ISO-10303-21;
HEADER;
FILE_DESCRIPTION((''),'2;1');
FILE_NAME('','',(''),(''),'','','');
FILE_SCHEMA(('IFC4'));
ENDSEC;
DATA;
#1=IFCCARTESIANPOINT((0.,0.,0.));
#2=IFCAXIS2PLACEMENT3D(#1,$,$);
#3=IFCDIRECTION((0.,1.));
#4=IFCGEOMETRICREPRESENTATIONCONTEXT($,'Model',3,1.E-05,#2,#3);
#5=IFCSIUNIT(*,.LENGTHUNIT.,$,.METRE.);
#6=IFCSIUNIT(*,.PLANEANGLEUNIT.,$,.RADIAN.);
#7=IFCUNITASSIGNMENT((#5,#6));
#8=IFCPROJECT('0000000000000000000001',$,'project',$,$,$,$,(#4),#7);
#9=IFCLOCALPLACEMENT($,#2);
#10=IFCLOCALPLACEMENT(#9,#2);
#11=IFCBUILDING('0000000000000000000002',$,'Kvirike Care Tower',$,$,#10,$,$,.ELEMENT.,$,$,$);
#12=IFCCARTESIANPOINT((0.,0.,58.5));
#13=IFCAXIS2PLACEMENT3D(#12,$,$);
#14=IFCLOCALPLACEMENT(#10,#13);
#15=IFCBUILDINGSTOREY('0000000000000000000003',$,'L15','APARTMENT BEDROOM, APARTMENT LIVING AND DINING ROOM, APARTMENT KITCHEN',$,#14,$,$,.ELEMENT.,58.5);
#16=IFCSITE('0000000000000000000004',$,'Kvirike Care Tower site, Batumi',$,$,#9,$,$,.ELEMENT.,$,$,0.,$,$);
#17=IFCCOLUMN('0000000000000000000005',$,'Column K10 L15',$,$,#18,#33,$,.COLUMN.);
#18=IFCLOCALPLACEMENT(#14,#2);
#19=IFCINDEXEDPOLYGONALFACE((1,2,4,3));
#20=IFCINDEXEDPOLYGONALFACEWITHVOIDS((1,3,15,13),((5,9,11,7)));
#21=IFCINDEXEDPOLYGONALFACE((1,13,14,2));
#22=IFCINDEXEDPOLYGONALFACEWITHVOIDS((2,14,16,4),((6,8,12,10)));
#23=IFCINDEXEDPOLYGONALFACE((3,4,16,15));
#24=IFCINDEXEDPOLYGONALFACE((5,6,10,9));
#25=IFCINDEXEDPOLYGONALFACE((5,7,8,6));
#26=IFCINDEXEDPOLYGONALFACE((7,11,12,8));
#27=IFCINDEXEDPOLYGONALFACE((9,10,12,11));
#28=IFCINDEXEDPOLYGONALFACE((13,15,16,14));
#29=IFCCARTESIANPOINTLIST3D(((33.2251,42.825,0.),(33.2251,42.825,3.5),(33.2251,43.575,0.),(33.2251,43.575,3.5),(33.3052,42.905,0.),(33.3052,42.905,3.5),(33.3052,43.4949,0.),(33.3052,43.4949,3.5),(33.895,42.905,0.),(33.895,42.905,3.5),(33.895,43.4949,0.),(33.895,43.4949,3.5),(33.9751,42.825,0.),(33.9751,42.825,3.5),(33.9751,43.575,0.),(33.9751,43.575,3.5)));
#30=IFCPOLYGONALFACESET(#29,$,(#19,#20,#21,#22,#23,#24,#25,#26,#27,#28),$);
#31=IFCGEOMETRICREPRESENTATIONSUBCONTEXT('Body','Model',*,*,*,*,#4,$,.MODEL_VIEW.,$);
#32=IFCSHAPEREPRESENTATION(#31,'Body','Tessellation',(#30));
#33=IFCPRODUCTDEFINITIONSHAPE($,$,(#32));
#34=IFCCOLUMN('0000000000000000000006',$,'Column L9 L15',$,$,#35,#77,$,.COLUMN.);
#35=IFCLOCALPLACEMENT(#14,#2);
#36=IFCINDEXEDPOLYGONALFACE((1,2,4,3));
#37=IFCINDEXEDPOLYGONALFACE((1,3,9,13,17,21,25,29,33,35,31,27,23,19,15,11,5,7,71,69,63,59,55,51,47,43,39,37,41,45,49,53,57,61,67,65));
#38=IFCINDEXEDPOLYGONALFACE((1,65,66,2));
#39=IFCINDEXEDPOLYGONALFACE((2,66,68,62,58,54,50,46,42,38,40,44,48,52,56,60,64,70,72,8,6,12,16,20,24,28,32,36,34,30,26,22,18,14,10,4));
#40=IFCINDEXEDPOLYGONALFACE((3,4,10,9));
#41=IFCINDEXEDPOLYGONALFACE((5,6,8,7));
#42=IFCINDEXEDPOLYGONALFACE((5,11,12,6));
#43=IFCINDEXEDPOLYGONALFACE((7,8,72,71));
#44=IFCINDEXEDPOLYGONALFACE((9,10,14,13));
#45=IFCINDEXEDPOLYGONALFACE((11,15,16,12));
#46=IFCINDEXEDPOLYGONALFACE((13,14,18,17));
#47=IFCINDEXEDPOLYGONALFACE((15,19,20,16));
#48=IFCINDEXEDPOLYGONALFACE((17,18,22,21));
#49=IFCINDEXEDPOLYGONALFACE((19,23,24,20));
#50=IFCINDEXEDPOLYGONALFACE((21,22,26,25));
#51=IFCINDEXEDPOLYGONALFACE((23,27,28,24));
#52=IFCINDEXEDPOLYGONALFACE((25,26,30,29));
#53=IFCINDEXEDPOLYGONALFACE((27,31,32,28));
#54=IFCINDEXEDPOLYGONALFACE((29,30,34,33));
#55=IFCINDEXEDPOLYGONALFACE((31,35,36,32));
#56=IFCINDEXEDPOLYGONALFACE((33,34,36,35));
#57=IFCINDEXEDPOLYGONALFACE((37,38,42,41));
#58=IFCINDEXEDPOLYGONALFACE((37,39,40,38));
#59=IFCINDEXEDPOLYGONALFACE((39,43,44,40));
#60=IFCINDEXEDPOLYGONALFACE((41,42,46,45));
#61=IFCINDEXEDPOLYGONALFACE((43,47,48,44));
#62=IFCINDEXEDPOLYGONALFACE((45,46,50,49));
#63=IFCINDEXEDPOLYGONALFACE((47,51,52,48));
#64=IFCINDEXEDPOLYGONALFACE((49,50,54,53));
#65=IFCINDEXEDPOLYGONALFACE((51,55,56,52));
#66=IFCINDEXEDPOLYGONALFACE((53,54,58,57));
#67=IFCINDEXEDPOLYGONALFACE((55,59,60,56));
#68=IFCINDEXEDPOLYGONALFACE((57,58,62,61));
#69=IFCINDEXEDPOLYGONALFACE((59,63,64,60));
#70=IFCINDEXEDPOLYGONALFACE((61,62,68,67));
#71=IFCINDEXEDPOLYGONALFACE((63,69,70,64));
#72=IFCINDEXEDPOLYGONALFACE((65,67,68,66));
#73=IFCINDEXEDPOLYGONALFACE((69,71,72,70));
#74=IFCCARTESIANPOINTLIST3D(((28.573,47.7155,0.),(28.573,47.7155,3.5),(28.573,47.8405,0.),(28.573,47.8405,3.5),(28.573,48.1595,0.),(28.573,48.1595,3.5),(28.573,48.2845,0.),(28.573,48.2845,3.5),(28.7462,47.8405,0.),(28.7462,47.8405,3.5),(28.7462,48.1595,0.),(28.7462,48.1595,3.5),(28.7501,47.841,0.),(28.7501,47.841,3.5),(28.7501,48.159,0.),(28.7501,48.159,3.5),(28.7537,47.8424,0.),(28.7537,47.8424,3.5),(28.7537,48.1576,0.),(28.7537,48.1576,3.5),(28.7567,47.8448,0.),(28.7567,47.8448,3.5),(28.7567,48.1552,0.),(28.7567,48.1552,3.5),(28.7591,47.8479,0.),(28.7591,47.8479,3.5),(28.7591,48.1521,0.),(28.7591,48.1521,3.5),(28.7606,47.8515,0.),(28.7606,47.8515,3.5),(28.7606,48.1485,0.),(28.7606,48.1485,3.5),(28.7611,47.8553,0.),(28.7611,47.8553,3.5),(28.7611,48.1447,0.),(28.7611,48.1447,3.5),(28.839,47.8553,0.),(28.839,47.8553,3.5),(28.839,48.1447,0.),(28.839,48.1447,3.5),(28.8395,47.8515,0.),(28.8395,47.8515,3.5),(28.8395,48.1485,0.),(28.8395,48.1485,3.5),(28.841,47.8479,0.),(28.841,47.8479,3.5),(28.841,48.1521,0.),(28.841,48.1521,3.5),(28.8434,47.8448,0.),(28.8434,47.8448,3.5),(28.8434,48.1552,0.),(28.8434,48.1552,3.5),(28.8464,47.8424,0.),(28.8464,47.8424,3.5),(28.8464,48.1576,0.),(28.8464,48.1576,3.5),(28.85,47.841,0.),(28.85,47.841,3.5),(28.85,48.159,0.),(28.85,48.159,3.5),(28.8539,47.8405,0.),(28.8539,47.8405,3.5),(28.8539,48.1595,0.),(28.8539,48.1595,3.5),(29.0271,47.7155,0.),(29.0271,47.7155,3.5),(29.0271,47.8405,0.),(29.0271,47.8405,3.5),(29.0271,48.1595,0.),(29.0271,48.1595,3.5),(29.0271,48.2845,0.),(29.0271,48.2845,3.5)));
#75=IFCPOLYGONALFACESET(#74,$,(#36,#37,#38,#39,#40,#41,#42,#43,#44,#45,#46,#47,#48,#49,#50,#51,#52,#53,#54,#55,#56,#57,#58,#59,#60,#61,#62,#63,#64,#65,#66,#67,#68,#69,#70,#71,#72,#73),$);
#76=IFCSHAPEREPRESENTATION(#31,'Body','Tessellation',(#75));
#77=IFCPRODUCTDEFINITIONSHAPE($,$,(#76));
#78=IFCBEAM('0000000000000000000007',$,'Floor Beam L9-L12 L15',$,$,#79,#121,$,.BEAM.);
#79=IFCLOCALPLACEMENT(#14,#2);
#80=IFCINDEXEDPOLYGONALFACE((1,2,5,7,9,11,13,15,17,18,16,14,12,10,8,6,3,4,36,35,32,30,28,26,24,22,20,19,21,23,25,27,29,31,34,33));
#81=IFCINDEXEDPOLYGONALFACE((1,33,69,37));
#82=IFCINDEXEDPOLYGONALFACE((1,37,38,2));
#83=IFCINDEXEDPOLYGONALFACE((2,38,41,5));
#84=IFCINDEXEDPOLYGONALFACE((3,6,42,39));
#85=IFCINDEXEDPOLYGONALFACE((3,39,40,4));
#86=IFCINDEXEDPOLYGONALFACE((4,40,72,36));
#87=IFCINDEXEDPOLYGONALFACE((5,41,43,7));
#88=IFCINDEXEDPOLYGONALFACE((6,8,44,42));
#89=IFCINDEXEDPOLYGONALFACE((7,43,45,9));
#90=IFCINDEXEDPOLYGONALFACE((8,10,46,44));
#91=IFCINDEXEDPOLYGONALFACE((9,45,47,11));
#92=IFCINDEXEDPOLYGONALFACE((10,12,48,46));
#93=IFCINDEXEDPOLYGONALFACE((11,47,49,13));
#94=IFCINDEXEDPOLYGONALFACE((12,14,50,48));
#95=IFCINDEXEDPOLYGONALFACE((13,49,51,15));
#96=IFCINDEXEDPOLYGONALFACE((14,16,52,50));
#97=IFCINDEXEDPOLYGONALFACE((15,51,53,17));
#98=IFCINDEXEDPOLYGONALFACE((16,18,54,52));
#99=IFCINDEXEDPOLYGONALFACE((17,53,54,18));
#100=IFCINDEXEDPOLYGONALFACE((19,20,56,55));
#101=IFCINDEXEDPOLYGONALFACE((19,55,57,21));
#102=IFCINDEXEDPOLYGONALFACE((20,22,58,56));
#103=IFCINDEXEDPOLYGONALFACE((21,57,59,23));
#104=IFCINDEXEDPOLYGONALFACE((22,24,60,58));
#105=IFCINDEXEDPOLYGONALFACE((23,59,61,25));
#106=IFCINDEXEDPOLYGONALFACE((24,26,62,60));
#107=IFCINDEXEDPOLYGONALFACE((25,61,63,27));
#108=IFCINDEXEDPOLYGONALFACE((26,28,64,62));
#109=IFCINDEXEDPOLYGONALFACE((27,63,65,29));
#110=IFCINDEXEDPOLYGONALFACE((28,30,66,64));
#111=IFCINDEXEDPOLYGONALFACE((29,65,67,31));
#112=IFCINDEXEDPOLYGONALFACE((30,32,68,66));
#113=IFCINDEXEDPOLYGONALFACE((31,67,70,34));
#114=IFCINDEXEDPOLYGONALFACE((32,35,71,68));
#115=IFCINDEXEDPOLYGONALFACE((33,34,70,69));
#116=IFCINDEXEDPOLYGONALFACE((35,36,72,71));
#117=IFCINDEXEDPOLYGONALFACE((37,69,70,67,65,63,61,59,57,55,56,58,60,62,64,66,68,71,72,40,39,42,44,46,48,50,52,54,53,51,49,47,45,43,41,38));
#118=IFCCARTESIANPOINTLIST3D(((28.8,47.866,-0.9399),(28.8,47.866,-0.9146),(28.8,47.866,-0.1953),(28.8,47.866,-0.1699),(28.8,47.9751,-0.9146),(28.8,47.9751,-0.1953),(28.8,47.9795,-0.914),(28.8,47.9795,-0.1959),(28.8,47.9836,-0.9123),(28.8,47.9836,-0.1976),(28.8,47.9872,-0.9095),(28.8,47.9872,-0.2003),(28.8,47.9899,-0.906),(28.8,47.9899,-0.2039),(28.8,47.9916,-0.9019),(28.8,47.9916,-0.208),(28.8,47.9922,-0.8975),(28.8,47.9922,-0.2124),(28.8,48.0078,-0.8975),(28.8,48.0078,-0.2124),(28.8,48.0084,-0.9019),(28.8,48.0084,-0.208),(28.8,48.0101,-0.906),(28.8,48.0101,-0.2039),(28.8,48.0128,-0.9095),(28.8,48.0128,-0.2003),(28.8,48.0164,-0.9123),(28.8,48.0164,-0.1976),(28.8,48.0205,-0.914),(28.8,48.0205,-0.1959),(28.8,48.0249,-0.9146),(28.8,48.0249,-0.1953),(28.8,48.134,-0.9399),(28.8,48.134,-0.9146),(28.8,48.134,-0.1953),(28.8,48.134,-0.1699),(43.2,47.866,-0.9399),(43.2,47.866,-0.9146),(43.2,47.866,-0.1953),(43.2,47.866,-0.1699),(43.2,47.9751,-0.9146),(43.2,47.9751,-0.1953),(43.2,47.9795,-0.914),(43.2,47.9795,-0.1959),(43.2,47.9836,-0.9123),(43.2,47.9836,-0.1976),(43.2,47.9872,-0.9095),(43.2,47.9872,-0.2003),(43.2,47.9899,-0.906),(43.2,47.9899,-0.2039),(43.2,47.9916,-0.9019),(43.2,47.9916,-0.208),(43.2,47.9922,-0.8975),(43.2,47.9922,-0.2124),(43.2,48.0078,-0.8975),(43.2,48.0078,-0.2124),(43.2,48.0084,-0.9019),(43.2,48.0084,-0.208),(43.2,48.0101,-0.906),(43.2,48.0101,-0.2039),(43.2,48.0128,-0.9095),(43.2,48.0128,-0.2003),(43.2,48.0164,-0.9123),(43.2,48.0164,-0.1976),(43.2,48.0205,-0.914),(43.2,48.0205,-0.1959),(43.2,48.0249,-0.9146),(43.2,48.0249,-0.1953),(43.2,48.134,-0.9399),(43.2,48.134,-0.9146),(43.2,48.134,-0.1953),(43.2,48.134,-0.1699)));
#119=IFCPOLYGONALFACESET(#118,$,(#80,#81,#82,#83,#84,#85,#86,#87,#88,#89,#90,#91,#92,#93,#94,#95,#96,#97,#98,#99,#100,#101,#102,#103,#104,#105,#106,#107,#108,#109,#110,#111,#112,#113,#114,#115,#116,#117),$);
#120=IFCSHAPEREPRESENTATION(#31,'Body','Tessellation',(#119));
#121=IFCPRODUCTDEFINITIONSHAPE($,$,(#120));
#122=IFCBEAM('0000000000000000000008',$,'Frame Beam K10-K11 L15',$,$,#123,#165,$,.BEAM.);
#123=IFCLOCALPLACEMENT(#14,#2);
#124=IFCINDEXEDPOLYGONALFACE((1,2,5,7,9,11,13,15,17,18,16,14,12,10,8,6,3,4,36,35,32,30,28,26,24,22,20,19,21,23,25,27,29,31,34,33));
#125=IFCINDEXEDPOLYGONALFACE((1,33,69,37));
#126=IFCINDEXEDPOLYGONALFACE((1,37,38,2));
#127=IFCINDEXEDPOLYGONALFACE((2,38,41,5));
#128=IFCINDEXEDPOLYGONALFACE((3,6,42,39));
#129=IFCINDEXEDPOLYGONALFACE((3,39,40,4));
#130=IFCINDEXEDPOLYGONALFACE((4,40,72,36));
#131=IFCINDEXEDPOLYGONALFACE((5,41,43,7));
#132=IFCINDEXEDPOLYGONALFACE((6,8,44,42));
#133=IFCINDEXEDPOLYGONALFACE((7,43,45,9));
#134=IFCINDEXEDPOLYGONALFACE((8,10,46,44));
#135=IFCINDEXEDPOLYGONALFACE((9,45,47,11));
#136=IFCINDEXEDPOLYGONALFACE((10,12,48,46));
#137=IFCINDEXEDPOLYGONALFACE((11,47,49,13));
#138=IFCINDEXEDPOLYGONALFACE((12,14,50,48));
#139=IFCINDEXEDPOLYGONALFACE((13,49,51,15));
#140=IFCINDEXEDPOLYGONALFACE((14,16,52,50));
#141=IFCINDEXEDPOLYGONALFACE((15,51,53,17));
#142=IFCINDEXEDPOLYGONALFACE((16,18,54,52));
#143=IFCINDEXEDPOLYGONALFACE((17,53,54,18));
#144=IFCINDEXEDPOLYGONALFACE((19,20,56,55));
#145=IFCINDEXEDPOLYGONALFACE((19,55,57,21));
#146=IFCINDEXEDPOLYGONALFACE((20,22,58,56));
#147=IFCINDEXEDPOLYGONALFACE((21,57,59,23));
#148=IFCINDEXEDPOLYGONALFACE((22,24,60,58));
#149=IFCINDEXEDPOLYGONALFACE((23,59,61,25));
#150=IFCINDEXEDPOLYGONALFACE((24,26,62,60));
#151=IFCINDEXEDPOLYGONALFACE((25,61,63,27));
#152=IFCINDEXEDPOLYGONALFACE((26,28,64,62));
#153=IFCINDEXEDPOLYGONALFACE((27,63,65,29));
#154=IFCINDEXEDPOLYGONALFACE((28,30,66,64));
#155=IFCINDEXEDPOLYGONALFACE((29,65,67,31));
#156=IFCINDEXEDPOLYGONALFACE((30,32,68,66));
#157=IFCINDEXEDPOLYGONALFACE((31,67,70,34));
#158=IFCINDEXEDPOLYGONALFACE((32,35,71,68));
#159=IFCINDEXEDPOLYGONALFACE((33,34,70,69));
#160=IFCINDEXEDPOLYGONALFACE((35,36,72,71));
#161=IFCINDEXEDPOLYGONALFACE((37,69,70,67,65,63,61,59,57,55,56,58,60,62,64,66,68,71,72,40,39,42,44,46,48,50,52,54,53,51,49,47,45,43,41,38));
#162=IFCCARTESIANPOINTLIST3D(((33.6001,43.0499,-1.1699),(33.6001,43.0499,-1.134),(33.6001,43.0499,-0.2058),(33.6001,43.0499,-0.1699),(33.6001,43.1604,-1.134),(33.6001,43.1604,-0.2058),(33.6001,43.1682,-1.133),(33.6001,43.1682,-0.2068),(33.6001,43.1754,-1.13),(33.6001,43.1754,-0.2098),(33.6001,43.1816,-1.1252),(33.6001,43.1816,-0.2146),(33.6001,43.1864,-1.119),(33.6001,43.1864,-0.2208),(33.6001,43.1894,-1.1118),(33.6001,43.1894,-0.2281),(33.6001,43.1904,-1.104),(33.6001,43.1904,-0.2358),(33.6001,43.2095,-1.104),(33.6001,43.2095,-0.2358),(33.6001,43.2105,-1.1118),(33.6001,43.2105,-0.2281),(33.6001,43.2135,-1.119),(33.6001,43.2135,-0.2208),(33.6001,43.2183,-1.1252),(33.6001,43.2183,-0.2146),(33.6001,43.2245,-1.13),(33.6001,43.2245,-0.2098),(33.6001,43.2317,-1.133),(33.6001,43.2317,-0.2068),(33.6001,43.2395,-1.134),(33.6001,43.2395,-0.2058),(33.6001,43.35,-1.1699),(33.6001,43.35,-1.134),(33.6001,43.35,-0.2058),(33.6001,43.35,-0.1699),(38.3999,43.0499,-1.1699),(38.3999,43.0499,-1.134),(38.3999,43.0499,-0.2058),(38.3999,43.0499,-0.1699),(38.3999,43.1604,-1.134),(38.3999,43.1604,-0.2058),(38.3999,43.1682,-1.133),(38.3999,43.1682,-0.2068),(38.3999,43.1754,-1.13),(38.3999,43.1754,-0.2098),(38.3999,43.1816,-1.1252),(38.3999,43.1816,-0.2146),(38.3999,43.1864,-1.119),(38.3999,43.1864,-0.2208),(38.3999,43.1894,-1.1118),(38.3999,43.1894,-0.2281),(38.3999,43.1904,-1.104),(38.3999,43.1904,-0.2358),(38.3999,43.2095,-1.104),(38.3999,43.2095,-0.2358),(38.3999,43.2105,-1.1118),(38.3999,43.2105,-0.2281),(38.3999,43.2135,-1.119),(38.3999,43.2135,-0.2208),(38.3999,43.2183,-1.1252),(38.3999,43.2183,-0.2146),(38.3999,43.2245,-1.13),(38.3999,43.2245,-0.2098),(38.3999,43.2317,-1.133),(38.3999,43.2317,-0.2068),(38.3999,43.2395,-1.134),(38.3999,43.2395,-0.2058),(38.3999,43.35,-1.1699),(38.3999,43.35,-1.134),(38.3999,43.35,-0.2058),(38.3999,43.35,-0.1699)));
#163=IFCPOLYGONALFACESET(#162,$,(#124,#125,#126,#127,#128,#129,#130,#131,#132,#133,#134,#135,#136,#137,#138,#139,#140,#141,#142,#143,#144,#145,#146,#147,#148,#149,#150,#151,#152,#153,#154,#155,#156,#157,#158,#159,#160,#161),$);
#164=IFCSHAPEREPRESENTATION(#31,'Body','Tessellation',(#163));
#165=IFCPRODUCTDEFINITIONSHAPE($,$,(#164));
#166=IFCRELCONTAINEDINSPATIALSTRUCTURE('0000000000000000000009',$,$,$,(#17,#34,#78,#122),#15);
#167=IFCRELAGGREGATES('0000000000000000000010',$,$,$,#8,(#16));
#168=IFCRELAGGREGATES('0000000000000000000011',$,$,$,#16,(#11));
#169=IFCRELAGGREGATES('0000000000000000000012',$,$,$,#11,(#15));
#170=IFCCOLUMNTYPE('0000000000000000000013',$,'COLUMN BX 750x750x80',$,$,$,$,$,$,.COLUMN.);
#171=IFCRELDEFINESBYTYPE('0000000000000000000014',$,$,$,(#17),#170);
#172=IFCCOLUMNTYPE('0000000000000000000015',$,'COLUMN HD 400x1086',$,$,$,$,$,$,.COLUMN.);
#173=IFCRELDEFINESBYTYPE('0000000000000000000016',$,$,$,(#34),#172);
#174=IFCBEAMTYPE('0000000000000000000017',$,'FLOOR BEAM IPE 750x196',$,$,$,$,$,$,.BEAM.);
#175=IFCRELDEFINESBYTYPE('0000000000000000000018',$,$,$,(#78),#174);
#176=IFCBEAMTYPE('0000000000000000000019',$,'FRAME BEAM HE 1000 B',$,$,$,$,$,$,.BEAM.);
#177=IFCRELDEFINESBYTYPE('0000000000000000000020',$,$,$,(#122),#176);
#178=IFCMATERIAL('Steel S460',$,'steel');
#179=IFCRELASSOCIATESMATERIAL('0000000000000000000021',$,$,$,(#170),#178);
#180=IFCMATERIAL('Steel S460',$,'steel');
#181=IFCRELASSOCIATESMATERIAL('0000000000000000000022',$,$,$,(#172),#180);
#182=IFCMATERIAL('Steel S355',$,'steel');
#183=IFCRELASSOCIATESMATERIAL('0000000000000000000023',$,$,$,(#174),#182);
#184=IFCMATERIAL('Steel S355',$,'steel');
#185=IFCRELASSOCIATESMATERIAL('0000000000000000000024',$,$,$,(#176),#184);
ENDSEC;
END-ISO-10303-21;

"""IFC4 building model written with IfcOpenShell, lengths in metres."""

from ifc_helpers import new_model, si_unit, direction, frame, origin, origin_2d, place, context, subcontext, project, spatial, hollow_rectangle, i_section, extrude, material, material_profile, profile_set, type_object, element, save


model = new_model("IFC4")

# Units and contexts
model_context = context("Model", 3, precision=1e-05, world=origin(), true_north=direction((0.0, 1.0)))
body_context = subcontext(model_context, "Body", "Model", "MODEL_VIEW")
ifc_project = project(units=[si_unit("LENGTHUNIT", "METRE"), si_unit("PLANEANGLEUNIT", "RADIAN")], contexts=[model_context])

# Site, building, storey
site_placement = place(None, origin())
site = spatial("IfcSite", under=ifc_project, at=site_placement, Name="Kvirike Care Tower site, Batumi", CompositionType="ELEMENT", RefElevation=0.0)
building_placement = place(site_placement, origin())
building = spatial("IfcBuilding", under=site, at=building_placement, Name="Kvirike Care Tower", CompositionType="ELEMENT")
storey_placement = place(building_placement, frame((0.0, 0.0, 58.5)))
storey = spatial("IfcBuildingStorey", under=building, at=storey_placement, Name="L15", Description="APARTMENT BEDROOM, APARTMENT LIVING AND DINING ROOM, APARTMENT KITCHEN", CompositionType="ELEMENT", Elevation=58.5)

# Columns
ifc_material_1 = material(Name="Steel S460", Category="steel")
ifc_material_profile_1 = material_profile(ifc_material_1, hollow_rectangle(XDim=0.75, YDim=0.75, WallThickness=0.0801, at=origin_2d()), Name="BX 750x750x80")
ifc_profile_set_1 = profile_set([ifc_material_profile_1], Name="Steel S460")
column_type_1 = type_object("IfcColumnType", Name="COLUMN BX 750x750x80", PredefinedType="COLUMN", material=ifc_profile_set_1)
column_1_placement = place(storey_placement, frame((33.6001, 43.2, 0.0), z_axis=(0.0, 0.0, 1.0), x_axis=(0.0, 1.0, 0.0)))
element("IfcColumn", 1, at=column_1_placement, inside=storey, type_object=column_type_1, Name="Column K10 L15", PredefinedType="COLUMN", context=body_context, shape_type="SweptSolid", body=[
    extrude(hollow_rectangle(XDim=0.75, YDim=0.75, WallThickness=0.0801, at=origin_2d()), origin(), (0.0, 0.0, 1.0), 3.5),
])
ifc_material_2 = material(Name="Steel S460", Category="steel")
ifc_material_profile_2 = material_profile(ifc_material_2, i_section(OverallWidth=0.4541, OverallDepth=0.5691, WebThickness=0.0779, FlangeThickness=0.125, FilletRadius=0.0149, at=origin_2d()), Name="HD 400x1086")
ifc_profile_set_2 = profile_set([ifc_material_profile_2], Name="Steel S460")
column_type_2 = type_object("IfcColumnType", Name="COLUMN HD 400x1086", PredefinedType="COLUMN", material=ifc_profile_set_2)
column_2_placement = place(storey_placement, frame((28.8, 48.0, 0.0), z_axis=(0.0, 0.0, 1.0), x_axis=(1.0, 0.0, 0.0)))
element("IfcColumn", 2, at=column_2_placement, inside=storey, type_object=column_type_2, Name="Column L9 L15", PredefinedType="COLUMN", context=body_context, shape_type="SweptSolid", body=[
    extrude(i_section(OverallWidth=0.4541, OverallDepth=0.5691, WebThickness=0.0779, FlangeThickness=0.125, FilletRadius=0.0149, at=origin_2d()), origin(), (0.0, 0.0, 1.0), 3.5),
])

# Beams
ifc_material_3 = material(Name="Steel S355", Category="steel")
ifc_material_profile_3 = material_profile(ifc_material_3, i_section(OverallWidth=0.2681, OverallDepth=0.77, WebThickness=0.0156, FlangeThickness=0.0254, FilletRadius=0.0171, at=origin_2d()), Name="IPE 750x196")
ifc_profile_set_3 = profile_set([ifc_material_profile_3], Name="Steel S355")
beam_type_1 = type_object("IfcBeamType", Name="FLOOR BEAM IPE 750x196", PredefinedType="BEAM", material=ifc_profile_set_3)
beam_1_placement = place(storey_placement, frame((28.8, 48.0, -0.5549), z_axis=(1.0, 0.0, 0.0), x_axis=(0.0, 1.0, 0.0)))
element("IfcBeam", 3, at=beam_1_placement, inside=storey, type_object=beam_type_1, Name="Floor Beam L9-L12 L15", PredefinedType="BEAM", context=body_context, shape_type="SweptSolid", body=[
    extrude(i_section(OverallWidth=0.2681, OverallDepth=0.77, WebThickness=0.0156, FlangeThickness=0.0254, FilletRadius=0.0171, at=origin_2d()), origin(), (0.0, 0.0, 1.0), 14.3999),
])
ifc_material_4 = material(Name="Steel S355", Category="steel")
ifc_material_profile_4 = material_profile(ifc_material_4, i_section(OverallWidth=0.3, OverallDepth=1.0, WebThickness=0.019, FlangeThickness=0.0359, FilletRadius=0.03, at=origin_2d()), Name="HE 1000 B")
ifc_profile_set_4 = profile_set([ifc_material_profile_4], Name="Steel S355")
beam_type_2 = type_object("IfcBeamType", Name="FRAME BEAM HE 1000 B", PredefinedType="BEAM", material=ifc_profile_set_4)
beam_2_placement = place(storey_placement, frame((33.6001, 43.2, -0.6699), z_axis=(1.0, 0.0, 0.0), x_axis=(0.0, 1.0, 0.0)))
element("IfcBeam", 4, at=beam_2_placement, inside=storey, type_object=beam_type_2, Name="Frame Beam K10-K11 L15", PredefinedType="BEAM", context=body_context, shape_type="SweptSolid", body=[
    extrude(i_section(OverallWidth=0.3, OverallDepth=1.0, WebThickness=0.019, FlangeThickness=0.0359, FilletRadius=0.03, at=origin_2d()), origin(), (0.0, 0.0, 1.0), 4.7998),
])

save(model, "model.ifc")
